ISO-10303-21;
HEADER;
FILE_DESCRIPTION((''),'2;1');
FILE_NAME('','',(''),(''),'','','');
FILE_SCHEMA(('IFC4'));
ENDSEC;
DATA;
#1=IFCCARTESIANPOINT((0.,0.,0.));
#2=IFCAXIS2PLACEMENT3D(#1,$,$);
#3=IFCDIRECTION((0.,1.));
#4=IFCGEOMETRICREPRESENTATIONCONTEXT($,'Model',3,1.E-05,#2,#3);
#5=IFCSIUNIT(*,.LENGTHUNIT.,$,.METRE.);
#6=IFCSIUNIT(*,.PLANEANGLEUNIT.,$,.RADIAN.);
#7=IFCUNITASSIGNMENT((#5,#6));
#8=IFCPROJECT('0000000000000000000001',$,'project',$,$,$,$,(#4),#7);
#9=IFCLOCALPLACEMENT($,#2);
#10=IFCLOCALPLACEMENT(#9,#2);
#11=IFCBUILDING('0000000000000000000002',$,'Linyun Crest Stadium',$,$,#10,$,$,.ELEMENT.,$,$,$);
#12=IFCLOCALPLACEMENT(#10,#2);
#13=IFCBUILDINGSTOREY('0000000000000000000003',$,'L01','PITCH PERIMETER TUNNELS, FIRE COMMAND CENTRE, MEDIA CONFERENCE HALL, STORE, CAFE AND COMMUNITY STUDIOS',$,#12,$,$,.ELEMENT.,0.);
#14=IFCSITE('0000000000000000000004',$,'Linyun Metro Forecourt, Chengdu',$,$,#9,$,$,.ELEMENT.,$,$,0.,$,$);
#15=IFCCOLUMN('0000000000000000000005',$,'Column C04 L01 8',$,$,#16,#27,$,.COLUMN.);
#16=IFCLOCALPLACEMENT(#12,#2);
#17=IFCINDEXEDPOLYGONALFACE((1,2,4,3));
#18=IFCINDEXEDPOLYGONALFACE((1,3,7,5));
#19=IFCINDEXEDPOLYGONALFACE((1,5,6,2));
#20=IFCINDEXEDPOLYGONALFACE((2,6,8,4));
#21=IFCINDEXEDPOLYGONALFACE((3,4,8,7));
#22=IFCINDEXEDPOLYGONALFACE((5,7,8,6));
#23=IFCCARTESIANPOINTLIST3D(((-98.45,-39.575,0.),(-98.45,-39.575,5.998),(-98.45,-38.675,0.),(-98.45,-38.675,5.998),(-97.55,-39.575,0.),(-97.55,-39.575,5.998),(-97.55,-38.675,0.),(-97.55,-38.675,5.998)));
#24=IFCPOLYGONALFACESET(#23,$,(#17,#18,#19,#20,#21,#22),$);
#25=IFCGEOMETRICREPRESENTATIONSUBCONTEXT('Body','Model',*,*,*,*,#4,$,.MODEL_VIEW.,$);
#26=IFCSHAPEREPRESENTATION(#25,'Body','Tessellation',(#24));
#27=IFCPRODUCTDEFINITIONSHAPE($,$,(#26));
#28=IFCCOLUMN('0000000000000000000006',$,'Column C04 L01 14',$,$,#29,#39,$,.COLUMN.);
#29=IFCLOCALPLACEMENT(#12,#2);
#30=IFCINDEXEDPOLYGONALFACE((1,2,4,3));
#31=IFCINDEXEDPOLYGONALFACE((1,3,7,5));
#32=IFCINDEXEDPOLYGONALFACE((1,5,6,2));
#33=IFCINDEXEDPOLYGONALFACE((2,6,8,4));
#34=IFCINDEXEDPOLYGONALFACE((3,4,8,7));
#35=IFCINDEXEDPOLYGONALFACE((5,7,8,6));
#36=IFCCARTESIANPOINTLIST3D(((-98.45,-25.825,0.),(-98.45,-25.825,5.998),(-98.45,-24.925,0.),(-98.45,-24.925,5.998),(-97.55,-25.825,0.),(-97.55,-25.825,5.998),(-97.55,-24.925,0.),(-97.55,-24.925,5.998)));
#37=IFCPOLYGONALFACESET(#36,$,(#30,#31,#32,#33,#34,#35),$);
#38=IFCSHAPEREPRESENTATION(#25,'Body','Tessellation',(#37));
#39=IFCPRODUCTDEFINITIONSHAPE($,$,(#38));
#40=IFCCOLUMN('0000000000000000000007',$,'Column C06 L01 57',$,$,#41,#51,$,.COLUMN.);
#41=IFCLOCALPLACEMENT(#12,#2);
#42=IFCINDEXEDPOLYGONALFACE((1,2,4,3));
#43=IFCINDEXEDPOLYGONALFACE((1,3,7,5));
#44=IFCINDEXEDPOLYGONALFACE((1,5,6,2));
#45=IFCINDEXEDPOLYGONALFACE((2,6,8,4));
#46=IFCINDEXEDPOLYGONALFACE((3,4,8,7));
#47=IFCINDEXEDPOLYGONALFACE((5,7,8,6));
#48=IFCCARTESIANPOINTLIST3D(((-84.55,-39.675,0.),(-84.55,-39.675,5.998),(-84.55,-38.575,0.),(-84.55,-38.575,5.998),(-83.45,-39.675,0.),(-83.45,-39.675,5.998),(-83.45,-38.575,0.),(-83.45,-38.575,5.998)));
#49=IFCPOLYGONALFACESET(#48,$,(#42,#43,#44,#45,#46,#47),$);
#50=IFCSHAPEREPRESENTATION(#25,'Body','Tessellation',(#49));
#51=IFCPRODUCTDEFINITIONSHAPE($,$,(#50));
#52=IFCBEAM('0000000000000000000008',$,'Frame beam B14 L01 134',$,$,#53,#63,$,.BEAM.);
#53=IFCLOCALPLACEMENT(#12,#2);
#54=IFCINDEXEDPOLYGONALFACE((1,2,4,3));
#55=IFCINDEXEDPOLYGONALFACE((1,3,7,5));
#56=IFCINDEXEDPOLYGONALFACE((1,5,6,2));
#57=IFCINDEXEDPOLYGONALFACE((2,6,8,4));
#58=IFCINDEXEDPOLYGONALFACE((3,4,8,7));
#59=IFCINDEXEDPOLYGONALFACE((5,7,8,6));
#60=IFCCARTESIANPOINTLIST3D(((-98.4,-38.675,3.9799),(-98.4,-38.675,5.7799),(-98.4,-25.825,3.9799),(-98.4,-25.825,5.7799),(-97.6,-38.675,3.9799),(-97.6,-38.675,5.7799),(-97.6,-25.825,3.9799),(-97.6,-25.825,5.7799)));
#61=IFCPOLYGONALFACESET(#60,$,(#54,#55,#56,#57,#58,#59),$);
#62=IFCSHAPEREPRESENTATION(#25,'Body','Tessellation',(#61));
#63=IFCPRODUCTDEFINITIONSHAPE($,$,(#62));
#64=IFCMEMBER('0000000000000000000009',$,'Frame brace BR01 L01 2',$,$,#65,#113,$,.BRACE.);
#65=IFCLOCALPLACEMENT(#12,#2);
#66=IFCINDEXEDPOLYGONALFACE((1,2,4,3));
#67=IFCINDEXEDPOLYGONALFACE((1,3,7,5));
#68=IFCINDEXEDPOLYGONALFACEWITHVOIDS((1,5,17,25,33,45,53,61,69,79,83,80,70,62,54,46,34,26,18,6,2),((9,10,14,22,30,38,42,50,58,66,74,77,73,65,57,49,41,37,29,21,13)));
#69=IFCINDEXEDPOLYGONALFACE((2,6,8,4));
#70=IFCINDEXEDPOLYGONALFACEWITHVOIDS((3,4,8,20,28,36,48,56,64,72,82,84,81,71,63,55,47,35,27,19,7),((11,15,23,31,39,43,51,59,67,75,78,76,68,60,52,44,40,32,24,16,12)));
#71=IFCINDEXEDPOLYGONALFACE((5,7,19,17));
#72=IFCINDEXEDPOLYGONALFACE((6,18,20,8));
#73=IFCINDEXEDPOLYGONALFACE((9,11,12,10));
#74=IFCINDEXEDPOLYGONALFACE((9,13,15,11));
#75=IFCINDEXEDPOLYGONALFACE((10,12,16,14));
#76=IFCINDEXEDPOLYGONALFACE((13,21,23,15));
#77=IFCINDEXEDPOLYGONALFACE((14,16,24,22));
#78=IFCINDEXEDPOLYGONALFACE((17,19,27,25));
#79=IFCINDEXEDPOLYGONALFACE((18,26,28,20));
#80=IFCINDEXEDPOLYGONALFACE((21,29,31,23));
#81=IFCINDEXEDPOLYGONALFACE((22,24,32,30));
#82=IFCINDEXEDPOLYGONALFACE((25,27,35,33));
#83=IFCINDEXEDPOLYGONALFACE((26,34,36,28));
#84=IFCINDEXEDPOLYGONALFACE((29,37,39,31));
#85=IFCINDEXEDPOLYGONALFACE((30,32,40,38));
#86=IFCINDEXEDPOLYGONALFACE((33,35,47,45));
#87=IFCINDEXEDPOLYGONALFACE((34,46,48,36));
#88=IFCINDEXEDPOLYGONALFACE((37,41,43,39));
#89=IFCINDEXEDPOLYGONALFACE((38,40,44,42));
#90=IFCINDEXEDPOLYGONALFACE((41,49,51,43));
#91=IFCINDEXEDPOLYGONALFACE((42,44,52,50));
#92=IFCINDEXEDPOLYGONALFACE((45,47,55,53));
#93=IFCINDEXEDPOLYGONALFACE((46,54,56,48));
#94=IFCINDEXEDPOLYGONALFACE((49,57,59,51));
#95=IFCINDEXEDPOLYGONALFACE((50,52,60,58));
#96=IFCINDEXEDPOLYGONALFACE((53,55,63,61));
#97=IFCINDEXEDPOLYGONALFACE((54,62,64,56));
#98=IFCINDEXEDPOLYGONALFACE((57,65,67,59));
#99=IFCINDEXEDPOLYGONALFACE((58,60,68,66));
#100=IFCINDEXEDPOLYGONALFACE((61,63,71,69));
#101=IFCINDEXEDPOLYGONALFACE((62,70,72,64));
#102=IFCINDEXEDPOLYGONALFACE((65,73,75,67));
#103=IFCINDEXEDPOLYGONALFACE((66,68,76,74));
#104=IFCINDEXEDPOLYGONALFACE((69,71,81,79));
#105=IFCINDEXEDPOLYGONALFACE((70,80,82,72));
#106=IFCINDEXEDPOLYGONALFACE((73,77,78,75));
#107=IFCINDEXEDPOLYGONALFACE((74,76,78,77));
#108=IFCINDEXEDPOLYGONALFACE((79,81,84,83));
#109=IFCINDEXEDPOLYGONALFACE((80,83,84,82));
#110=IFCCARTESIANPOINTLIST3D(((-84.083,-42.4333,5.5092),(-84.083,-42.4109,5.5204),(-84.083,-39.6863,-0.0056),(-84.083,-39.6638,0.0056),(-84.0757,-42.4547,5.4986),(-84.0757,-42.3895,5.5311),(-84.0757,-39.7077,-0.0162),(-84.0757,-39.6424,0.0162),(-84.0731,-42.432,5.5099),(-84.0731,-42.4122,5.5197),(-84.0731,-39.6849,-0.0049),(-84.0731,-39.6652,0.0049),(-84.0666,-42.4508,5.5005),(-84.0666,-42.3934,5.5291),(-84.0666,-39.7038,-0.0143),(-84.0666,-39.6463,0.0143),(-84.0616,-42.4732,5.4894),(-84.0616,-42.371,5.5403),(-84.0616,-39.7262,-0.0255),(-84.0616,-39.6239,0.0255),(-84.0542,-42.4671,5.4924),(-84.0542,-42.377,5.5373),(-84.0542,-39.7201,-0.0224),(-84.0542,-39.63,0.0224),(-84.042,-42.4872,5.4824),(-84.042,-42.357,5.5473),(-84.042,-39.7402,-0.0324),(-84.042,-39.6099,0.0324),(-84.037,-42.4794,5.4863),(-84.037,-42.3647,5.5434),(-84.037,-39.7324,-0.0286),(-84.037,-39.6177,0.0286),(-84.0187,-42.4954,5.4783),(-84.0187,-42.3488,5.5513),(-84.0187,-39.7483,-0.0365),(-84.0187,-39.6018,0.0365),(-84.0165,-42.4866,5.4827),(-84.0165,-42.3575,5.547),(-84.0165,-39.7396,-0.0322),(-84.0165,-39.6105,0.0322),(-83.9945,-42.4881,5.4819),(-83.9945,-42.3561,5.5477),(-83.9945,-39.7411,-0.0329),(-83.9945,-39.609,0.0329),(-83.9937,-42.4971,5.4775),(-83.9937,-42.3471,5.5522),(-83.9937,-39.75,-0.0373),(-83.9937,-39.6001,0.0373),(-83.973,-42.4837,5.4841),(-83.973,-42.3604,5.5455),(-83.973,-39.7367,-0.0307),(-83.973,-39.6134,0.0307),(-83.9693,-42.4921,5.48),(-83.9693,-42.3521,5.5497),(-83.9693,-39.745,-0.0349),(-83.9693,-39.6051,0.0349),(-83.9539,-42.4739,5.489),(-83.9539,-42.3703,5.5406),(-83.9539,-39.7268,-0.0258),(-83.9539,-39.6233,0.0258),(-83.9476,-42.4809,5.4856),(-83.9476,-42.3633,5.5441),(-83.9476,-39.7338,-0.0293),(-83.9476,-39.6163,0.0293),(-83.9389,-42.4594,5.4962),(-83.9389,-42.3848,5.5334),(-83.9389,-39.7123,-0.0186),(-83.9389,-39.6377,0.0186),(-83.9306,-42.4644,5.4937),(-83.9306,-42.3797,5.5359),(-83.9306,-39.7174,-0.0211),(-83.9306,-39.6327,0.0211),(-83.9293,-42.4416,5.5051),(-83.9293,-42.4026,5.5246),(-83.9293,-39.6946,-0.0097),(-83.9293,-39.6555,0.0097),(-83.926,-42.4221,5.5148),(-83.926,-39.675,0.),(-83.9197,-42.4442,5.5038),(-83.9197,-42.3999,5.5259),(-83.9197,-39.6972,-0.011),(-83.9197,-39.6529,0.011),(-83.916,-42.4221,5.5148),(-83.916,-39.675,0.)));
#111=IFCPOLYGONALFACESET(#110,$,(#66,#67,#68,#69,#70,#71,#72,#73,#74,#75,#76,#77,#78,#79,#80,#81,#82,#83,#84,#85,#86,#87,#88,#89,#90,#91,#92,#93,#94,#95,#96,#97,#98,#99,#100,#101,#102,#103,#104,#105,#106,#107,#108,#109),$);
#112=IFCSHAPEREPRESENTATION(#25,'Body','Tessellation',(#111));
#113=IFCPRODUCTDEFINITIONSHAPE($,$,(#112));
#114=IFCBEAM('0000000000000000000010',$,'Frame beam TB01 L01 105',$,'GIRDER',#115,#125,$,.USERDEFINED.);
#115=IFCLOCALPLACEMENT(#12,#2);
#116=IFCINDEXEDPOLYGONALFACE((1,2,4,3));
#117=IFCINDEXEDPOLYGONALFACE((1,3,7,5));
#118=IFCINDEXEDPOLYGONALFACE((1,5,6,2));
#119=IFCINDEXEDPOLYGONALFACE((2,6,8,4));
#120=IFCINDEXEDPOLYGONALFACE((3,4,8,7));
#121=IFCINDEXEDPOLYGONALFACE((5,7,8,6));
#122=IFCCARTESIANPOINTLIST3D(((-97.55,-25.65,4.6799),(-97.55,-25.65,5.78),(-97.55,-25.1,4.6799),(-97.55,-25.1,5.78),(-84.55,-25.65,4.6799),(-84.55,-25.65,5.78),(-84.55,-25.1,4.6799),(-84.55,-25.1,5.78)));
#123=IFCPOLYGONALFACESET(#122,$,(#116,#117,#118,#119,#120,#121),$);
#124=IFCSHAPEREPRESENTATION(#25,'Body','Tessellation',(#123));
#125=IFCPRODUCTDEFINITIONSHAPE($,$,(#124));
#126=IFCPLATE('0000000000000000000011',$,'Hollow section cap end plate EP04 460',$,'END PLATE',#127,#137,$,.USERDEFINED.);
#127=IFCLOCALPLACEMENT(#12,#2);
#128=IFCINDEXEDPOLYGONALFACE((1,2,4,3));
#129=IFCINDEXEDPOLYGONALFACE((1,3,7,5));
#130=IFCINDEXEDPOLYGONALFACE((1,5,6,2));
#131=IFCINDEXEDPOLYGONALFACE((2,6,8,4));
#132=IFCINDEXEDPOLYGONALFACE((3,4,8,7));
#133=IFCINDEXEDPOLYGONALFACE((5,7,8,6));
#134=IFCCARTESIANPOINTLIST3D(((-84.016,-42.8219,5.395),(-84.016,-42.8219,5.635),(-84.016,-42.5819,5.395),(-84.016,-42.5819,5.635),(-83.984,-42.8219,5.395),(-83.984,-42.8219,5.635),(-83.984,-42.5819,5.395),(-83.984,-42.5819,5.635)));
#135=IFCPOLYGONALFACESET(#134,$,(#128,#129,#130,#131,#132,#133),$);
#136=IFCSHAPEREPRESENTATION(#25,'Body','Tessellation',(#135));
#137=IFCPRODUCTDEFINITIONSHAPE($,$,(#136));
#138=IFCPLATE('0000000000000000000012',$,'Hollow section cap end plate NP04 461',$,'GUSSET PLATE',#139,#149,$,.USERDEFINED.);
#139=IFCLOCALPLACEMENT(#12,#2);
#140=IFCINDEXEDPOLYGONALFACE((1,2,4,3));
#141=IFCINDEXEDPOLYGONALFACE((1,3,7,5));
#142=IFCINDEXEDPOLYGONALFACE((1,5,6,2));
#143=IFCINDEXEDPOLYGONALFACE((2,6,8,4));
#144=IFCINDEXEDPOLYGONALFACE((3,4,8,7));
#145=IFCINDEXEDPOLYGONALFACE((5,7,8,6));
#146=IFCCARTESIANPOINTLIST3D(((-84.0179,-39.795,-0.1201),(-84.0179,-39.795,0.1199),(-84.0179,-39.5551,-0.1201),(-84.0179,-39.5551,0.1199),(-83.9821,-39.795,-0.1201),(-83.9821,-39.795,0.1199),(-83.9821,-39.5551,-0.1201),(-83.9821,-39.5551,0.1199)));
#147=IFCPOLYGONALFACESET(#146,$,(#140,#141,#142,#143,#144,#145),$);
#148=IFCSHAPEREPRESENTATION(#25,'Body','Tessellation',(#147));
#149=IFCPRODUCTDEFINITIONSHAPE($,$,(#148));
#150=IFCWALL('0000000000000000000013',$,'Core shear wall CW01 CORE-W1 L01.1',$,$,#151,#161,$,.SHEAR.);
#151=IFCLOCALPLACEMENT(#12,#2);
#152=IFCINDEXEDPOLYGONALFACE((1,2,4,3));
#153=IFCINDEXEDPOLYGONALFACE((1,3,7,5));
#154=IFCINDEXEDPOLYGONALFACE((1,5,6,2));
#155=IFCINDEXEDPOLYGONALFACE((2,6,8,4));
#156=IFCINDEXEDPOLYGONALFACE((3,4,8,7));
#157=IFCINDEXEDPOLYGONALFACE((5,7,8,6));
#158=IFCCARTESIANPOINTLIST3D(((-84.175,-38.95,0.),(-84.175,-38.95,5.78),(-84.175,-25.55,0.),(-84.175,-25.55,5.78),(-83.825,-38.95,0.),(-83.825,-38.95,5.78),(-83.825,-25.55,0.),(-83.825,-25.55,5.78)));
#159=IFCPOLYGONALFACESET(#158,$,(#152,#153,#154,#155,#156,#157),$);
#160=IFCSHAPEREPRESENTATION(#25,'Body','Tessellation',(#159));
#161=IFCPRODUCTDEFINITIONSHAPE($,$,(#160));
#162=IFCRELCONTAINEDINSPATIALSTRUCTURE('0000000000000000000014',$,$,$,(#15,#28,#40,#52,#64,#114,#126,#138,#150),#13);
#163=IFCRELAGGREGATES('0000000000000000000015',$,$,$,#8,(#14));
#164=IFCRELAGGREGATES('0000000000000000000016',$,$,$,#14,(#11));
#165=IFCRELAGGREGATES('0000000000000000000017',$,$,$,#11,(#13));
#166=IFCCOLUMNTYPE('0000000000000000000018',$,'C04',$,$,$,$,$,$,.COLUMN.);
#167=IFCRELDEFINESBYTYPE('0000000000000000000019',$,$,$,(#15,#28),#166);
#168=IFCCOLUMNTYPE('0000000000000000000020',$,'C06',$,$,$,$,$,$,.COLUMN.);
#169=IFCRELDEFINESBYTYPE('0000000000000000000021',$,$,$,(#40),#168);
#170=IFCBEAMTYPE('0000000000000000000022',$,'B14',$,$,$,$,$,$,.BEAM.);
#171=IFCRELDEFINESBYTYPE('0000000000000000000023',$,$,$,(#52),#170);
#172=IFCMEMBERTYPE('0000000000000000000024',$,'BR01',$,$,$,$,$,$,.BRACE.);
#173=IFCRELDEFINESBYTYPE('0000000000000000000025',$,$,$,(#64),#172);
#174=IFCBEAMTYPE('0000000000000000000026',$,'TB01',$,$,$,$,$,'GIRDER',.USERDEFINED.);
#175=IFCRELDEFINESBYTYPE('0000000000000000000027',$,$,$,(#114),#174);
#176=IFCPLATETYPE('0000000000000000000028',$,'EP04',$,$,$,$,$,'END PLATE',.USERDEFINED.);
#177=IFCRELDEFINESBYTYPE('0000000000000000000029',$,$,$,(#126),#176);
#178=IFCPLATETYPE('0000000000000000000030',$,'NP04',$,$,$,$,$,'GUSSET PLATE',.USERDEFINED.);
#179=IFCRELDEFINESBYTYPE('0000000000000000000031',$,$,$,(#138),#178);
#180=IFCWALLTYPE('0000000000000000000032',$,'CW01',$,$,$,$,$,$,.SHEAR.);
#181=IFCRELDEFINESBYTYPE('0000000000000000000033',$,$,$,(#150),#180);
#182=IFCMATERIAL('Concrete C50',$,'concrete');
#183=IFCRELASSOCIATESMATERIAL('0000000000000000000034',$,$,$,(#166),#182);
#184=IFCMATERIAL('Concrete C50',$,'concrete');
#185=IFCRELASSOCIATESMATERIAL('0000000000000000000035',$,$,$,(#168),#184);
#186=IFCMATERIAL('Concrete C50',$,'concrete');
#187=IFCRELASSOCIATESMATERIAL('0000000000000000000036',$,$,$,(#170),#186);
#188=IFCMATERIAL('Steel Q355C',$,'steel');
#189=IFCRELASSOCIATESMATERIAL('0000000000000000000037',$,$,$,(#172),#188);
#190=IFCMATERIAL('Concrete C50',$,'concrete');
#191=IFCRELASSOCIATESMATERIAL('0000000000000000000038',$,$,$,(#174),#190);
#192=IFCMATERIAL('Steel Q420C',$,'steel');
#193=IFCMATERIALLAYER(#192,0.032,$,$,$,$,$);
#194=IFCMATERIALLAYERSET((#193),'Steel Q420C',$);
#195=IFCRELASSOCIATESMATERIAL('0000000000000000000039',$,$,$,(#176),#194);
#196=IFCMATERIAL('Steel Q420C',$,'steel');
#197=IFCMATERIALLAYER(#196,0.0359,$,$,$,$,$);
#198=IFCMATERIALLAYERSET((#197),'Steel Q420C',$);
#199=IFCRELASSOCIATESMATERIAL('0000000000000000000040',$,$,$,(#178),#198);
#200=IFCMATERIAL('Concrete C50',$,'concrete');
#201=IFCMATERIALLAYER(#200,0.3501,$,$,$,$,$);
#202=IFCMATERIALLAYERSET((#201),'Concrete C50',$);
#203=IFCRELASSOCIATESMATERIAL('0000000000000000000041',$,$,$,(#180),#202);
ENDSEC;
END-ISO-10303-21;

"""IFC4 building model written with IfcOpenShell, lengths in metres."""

from ifc_helpers import new_model, si_unit, direction, frame, frame_2d, origin, origin_2d, place, context, subcontext, project, spatial, rectangle, hollow_circle, extrude, material, layer, layer_set, material_profile, profile_set, type_object, element, save


model = new_model("IFC4")

# Units and contexts
model_context = context("Model", 3, precision=1e-05, world=origin(), true_north=direction((0.0, 1.0)))
body_context = subcontext(model_context, "Body", "Model", "MODEL_VIEW")
ifc_project = project(units=[si_unit("LENGTHUNIT", "METRE"), si_unit("PLANEANGLEUNIT", "RADIAN")], contexts=[model_context])

# Site, building, storey
site_placement = place(None, origin())
site = spatial("IfcSite", under=ifc_project, at=site_placement, Name="Linyun Metro Forecourt, Chengdu", CompositionType="ELEMENT", RefElevation=0.0)
building_placement = place(site_placement, origin())
building = spatial("IfcBuilding", under=site, at=building_placement, Name="Linyun Crest Stadium", CompositionType="ELEMENT")
storey_placement = place(building_placement, origin())
storey = spatial("IfcBuildingStorey", under=building, at=storey_placement, Name="L01", Description="PITCH PERIMETER TUNNELS, FIRE COMMAND CENTRE, MEDIA CONFERENCE HALL, STORE, CAFE AND COMMUNITY STUDIOS", CompositionType="ELEMENT", Elevation=0.0)

# Columns
ifc_material_1 = material(Name="Concrete C50", Category="concrete")
ifc_material_profile_1 = material_profile(ifc_material_1, rectangle(XDim=0.8999, YDim=0.8999, at=origin_2d()), Name="RC 900x900")
ifc_profile_set_1 = profile_set([ifc_material_profile_1], Name="Concrete C50")
column_type_1 = type_object("IfcColumnType", Name="C04", PredefinedType="COLUMN", material=ifc_profile_set_1)
for number, where, z_axis, x_axis, name in (
    (1, (-98.0, -39.125, 0.0), (0.0, 0.0, 1.0), (1.0, 0.0, 0.0), "Column C04 L01 8"),
    (2, (-98.0, -25.375, 0.0), (0.0, 0.0, 1.0), (1.0, 0.0, 0.0), "Column C04 L01 14"),
):
    element("IfcColumn", number, at=place(storey_placement, frame(where, z_axis=z_axis, x_axis=x_axis)), inside=storey, type_object=column_type_1, Name=name, PredefinedType="COLUMN", context=body_context, shape_type="SweptSolid", body=[
        extrude(rectangle(XDim=0.8999, YDim=0.8999, at=origin_2d()), origin(), (0.0, 0.0, 1.0), 5.998),
    ])
ifc_material_2 = material(Name="Concrete C50", Category="concrete")
ifc_material_profile_2 = material_profile(ifc_material_2, rectangle(XDim=1.1001, YDim=1.1001, at=origin_2d()), Name="RC 1100x1100")
ifc_profile_set_2 = profile_set([ifc_material_profile_2], Name="Concrete C50")
column_type_2 = type_object("IfcColumnType", Name="C06", PredefinedType="COLUMN", material=ifc_profile_set_2)
column_placement = place(storey_placement, frame((-84.0, -39.125, 0.0), z_axis=(0.0, 0.0, 1.0), x_axis=(1.0, 0.0, 0.0)))
element("IfcColumn", 3, at=column_placement, inside=storey, type_object=column_type_2, Name="Column C06 L01 57", PredefinedType="COLUMN", context=body_context, shape_type="SweptSolid", body=[
    extrude(rectangle(XDim=1.1001, YDim=1.1001, at=origin_2d()), origin(), (0.0, 0.0, 1.0), 5.998),
])

# Beam
ifc_material_3 = material(Name="Concrete C50", Category="concrete")
ifc_material_profile_3 = material_profile(ifc_material_3, rectangle(XDim=0.8, YDim=1.8, at=origin_2d()), Name="RCB 1800x800")
ifc_profile_set_3 = profile_set([ifc_material_profile_3], Name="Concrete C50")
beam_type_1 = type_object("IfcBeamType", Name="B14", PredefinedType="BEAM", material=ifc_profile_set_3)
beam_1_placement = place(storey_placement, frame((-98.0, -38.675, 4.8799), z_axis=(0.0, 1.0, 0.0), x_axis=(-1.0, 0.0, 0.0)))
element("IfcBeam", 4, at=beam_1_placement, inside=storey, type_object=beam_type_1, Name="Frame beam B14 L01 134", PredefinedType="BEAM", context=body_context, shape_type="SweptSolid", body=[
    extrude(rectangle(XDim=0.8, YDim=1.8, at=origin_2d()), origin(), (0.0, 0.0, 1.0), 12.8501),
])

# Member
ifc_material_4 = material(Name="Steel Q355C", Category="steel")
ifc_material_profile_4 = material_profile(ifc_material_4, hollow_circle(Radius=0.084, WallThickness=0.01, at=origin_2d()), Name="CHS 168x10")
ifc_profile_set_4 = profile_set([ifc_material_profile_4], Name="Steel Q355C")
member_type = type_object("IfcMemberType", Name="BR01", PredefinedType="BRACE", material=ifc_profile_set_4)
member_placement = place(storey_placement, frame((-84.0, -39.675, 0.0), z_axis=(0.0, -0.445866, 0.8951), x_axis=(1.0, 0.0, 0.0)))
element("IfcMember", 5, at=member_placement, inside=storey, type_object=member_type, Name="Frame brace BR01 L01 2", PredefinedType="BRACE", context=body_context, shape_type="SweptSolid", body=[
    extrude(hollow_circle(Radius=0.084, WallThickness=0.01, at=origin_2d()), origin(), (0.0, 0.0, 1.0), 6.1611),
])

# Beam
ifc_material_5 = material(Name="Concrete C50", Category="concrete")
ifc_material_profile_5 = material_profile(ifc_material_5, rectangle(XDim=0.55, YDim=1.1001, at=origin_2d()), Name="RCB 1100x550")
ifc_profile_set_5 = profile_set([ifc_material_profile_5], Name="Concrete C50")
beam_type_2 = type_object("IfcBeamType", Name="TB01", ElementType="GIRDER", PredefinedType="USERDEFINED", material=ifc_profile_set_5)
beam_2_placement = place(storey_placement, frame((-97.55, -25.375, 5.23), z_axis=(1.0, 0.0, 0.0), x_axis=(0.0, 1.0, 0.0)))
element("IfcBeam", 6, at=beam_2_placement, inside=storey, type_object=beam_type_2, Name="Frame beam TB01 L01 105", ObjectType="GIRDER", PredefinedType="USERDEFINED", context=body_context, shape_type="SweptSolid", body=[
    extrude(rectangle(XDim=0.55, YDim=1.1001, at=origin_2d()), origin(), (0.0, 0.0, 1.0), 13.0),
])

# Plates
ifc_material_6 = material(Name="Steel Q420C", Category="steel")
ifc_layer_1 = layer(ifc_material_6, 0.032)
ifc_layer_set_1 = layer_set([ifc_layer_1], Name="Steel Q420C")
plate_type_1 = type_object("IfcPlateType", Name="EP04", ElementType="END PLATE", PredefinedType="USERDEFINED", material=ifc_layer_set_1)
plate_1_placement = place(storey_placement, frame((-84.0, -42.7019, 5.395), z_axis=(0.0, 0.0, 1.0), x_axis=(0.0, 1.0, 0.0)))
element("IfcPlate", 7, at=plate_1_placement, inside=storey, type_object=plate_type_1, Name="Hollow section cap end plate EP04 460", ObjectType="END PLATE", PredefinedType="USERDEFINED", context=body_context, shape_type="SweptSolid", body=[
    extrude(rectangle(XDim=0.24, YDim=0.032, at=origin_2d()), origin(), (0.0, 0.0, 1.0), 0.24),
])
ifc_material_7 = material(Name="Steel Q420C", Category="steel")
ifc_layer_2 = layer(ifc_material_7, 0.0359)
ifc_layer_set_2 = layer_set([ifc_layer_2], Name="Steel Q420C")
plate_type_2 = type_object("IfcPlateType", Name="NP04", ElementType="GUSSET PLATE", PredefinedType="USERDEFINED", material=ifc_layer_set_2)
plate_2_placement = place(storey_placement, frame((-84.0, -39.675, -0.1201), z_axis=(0.0, 0.0, 1.0), x_axis=(0.0, 1.0, 0.0)))
element("IfcPlate", 8, at=plate_2_placement, inside=storey, type_object=plate_type_2, Name="Hollow section cap end plate NP04 461", ObjectType="GUSSET PLATE", PredefinedType="USERDEFINED", context=body_context, shape_type="SweptSolid", body=[
    extrude(rectangle(XDim=0.24, YDim=0.0359, at=origin_2d()), origin(), (0.0, 0.0, 1.0), 0.24),
])

# Wall
ifc_material_8 = material(Name="Concrete C50", Category="concrete")
ifc_layer_3 = layer(ifc_material_8, 0.3501)
ifc_layer_set_3 = layer_set([ifc_layer_3], Name="Concrete C50")
wall_type_1 = type_object("IfcWallType", Name="CW01", PredefinedType="SHEAR", material=ifc_layer_set_3)
wall_1_placement = place(storey_placement, frame((-84.0, -38.95, 0.0), z_axis=(0.0, 0.0, 1.0), x_axis=(0.0, 1.0, 0.0)))
element("IfcWall", 9, at=wall_1_placement, inside=storey, type_object=wall_type_1, Name="Core shear wall CW01 CORE-W1 L01.1", PredefinedType="SHEAR", context=body_context, shape_type="SweptSolid", body=[
    extrude(rectangle(XDim=13.3999, YDim=0.3501, at=frame_2d((6.7, 0.0))), origin(), (0.0, 0.0, 1.0), 5.78),
])

save(model, "model.ifc")
